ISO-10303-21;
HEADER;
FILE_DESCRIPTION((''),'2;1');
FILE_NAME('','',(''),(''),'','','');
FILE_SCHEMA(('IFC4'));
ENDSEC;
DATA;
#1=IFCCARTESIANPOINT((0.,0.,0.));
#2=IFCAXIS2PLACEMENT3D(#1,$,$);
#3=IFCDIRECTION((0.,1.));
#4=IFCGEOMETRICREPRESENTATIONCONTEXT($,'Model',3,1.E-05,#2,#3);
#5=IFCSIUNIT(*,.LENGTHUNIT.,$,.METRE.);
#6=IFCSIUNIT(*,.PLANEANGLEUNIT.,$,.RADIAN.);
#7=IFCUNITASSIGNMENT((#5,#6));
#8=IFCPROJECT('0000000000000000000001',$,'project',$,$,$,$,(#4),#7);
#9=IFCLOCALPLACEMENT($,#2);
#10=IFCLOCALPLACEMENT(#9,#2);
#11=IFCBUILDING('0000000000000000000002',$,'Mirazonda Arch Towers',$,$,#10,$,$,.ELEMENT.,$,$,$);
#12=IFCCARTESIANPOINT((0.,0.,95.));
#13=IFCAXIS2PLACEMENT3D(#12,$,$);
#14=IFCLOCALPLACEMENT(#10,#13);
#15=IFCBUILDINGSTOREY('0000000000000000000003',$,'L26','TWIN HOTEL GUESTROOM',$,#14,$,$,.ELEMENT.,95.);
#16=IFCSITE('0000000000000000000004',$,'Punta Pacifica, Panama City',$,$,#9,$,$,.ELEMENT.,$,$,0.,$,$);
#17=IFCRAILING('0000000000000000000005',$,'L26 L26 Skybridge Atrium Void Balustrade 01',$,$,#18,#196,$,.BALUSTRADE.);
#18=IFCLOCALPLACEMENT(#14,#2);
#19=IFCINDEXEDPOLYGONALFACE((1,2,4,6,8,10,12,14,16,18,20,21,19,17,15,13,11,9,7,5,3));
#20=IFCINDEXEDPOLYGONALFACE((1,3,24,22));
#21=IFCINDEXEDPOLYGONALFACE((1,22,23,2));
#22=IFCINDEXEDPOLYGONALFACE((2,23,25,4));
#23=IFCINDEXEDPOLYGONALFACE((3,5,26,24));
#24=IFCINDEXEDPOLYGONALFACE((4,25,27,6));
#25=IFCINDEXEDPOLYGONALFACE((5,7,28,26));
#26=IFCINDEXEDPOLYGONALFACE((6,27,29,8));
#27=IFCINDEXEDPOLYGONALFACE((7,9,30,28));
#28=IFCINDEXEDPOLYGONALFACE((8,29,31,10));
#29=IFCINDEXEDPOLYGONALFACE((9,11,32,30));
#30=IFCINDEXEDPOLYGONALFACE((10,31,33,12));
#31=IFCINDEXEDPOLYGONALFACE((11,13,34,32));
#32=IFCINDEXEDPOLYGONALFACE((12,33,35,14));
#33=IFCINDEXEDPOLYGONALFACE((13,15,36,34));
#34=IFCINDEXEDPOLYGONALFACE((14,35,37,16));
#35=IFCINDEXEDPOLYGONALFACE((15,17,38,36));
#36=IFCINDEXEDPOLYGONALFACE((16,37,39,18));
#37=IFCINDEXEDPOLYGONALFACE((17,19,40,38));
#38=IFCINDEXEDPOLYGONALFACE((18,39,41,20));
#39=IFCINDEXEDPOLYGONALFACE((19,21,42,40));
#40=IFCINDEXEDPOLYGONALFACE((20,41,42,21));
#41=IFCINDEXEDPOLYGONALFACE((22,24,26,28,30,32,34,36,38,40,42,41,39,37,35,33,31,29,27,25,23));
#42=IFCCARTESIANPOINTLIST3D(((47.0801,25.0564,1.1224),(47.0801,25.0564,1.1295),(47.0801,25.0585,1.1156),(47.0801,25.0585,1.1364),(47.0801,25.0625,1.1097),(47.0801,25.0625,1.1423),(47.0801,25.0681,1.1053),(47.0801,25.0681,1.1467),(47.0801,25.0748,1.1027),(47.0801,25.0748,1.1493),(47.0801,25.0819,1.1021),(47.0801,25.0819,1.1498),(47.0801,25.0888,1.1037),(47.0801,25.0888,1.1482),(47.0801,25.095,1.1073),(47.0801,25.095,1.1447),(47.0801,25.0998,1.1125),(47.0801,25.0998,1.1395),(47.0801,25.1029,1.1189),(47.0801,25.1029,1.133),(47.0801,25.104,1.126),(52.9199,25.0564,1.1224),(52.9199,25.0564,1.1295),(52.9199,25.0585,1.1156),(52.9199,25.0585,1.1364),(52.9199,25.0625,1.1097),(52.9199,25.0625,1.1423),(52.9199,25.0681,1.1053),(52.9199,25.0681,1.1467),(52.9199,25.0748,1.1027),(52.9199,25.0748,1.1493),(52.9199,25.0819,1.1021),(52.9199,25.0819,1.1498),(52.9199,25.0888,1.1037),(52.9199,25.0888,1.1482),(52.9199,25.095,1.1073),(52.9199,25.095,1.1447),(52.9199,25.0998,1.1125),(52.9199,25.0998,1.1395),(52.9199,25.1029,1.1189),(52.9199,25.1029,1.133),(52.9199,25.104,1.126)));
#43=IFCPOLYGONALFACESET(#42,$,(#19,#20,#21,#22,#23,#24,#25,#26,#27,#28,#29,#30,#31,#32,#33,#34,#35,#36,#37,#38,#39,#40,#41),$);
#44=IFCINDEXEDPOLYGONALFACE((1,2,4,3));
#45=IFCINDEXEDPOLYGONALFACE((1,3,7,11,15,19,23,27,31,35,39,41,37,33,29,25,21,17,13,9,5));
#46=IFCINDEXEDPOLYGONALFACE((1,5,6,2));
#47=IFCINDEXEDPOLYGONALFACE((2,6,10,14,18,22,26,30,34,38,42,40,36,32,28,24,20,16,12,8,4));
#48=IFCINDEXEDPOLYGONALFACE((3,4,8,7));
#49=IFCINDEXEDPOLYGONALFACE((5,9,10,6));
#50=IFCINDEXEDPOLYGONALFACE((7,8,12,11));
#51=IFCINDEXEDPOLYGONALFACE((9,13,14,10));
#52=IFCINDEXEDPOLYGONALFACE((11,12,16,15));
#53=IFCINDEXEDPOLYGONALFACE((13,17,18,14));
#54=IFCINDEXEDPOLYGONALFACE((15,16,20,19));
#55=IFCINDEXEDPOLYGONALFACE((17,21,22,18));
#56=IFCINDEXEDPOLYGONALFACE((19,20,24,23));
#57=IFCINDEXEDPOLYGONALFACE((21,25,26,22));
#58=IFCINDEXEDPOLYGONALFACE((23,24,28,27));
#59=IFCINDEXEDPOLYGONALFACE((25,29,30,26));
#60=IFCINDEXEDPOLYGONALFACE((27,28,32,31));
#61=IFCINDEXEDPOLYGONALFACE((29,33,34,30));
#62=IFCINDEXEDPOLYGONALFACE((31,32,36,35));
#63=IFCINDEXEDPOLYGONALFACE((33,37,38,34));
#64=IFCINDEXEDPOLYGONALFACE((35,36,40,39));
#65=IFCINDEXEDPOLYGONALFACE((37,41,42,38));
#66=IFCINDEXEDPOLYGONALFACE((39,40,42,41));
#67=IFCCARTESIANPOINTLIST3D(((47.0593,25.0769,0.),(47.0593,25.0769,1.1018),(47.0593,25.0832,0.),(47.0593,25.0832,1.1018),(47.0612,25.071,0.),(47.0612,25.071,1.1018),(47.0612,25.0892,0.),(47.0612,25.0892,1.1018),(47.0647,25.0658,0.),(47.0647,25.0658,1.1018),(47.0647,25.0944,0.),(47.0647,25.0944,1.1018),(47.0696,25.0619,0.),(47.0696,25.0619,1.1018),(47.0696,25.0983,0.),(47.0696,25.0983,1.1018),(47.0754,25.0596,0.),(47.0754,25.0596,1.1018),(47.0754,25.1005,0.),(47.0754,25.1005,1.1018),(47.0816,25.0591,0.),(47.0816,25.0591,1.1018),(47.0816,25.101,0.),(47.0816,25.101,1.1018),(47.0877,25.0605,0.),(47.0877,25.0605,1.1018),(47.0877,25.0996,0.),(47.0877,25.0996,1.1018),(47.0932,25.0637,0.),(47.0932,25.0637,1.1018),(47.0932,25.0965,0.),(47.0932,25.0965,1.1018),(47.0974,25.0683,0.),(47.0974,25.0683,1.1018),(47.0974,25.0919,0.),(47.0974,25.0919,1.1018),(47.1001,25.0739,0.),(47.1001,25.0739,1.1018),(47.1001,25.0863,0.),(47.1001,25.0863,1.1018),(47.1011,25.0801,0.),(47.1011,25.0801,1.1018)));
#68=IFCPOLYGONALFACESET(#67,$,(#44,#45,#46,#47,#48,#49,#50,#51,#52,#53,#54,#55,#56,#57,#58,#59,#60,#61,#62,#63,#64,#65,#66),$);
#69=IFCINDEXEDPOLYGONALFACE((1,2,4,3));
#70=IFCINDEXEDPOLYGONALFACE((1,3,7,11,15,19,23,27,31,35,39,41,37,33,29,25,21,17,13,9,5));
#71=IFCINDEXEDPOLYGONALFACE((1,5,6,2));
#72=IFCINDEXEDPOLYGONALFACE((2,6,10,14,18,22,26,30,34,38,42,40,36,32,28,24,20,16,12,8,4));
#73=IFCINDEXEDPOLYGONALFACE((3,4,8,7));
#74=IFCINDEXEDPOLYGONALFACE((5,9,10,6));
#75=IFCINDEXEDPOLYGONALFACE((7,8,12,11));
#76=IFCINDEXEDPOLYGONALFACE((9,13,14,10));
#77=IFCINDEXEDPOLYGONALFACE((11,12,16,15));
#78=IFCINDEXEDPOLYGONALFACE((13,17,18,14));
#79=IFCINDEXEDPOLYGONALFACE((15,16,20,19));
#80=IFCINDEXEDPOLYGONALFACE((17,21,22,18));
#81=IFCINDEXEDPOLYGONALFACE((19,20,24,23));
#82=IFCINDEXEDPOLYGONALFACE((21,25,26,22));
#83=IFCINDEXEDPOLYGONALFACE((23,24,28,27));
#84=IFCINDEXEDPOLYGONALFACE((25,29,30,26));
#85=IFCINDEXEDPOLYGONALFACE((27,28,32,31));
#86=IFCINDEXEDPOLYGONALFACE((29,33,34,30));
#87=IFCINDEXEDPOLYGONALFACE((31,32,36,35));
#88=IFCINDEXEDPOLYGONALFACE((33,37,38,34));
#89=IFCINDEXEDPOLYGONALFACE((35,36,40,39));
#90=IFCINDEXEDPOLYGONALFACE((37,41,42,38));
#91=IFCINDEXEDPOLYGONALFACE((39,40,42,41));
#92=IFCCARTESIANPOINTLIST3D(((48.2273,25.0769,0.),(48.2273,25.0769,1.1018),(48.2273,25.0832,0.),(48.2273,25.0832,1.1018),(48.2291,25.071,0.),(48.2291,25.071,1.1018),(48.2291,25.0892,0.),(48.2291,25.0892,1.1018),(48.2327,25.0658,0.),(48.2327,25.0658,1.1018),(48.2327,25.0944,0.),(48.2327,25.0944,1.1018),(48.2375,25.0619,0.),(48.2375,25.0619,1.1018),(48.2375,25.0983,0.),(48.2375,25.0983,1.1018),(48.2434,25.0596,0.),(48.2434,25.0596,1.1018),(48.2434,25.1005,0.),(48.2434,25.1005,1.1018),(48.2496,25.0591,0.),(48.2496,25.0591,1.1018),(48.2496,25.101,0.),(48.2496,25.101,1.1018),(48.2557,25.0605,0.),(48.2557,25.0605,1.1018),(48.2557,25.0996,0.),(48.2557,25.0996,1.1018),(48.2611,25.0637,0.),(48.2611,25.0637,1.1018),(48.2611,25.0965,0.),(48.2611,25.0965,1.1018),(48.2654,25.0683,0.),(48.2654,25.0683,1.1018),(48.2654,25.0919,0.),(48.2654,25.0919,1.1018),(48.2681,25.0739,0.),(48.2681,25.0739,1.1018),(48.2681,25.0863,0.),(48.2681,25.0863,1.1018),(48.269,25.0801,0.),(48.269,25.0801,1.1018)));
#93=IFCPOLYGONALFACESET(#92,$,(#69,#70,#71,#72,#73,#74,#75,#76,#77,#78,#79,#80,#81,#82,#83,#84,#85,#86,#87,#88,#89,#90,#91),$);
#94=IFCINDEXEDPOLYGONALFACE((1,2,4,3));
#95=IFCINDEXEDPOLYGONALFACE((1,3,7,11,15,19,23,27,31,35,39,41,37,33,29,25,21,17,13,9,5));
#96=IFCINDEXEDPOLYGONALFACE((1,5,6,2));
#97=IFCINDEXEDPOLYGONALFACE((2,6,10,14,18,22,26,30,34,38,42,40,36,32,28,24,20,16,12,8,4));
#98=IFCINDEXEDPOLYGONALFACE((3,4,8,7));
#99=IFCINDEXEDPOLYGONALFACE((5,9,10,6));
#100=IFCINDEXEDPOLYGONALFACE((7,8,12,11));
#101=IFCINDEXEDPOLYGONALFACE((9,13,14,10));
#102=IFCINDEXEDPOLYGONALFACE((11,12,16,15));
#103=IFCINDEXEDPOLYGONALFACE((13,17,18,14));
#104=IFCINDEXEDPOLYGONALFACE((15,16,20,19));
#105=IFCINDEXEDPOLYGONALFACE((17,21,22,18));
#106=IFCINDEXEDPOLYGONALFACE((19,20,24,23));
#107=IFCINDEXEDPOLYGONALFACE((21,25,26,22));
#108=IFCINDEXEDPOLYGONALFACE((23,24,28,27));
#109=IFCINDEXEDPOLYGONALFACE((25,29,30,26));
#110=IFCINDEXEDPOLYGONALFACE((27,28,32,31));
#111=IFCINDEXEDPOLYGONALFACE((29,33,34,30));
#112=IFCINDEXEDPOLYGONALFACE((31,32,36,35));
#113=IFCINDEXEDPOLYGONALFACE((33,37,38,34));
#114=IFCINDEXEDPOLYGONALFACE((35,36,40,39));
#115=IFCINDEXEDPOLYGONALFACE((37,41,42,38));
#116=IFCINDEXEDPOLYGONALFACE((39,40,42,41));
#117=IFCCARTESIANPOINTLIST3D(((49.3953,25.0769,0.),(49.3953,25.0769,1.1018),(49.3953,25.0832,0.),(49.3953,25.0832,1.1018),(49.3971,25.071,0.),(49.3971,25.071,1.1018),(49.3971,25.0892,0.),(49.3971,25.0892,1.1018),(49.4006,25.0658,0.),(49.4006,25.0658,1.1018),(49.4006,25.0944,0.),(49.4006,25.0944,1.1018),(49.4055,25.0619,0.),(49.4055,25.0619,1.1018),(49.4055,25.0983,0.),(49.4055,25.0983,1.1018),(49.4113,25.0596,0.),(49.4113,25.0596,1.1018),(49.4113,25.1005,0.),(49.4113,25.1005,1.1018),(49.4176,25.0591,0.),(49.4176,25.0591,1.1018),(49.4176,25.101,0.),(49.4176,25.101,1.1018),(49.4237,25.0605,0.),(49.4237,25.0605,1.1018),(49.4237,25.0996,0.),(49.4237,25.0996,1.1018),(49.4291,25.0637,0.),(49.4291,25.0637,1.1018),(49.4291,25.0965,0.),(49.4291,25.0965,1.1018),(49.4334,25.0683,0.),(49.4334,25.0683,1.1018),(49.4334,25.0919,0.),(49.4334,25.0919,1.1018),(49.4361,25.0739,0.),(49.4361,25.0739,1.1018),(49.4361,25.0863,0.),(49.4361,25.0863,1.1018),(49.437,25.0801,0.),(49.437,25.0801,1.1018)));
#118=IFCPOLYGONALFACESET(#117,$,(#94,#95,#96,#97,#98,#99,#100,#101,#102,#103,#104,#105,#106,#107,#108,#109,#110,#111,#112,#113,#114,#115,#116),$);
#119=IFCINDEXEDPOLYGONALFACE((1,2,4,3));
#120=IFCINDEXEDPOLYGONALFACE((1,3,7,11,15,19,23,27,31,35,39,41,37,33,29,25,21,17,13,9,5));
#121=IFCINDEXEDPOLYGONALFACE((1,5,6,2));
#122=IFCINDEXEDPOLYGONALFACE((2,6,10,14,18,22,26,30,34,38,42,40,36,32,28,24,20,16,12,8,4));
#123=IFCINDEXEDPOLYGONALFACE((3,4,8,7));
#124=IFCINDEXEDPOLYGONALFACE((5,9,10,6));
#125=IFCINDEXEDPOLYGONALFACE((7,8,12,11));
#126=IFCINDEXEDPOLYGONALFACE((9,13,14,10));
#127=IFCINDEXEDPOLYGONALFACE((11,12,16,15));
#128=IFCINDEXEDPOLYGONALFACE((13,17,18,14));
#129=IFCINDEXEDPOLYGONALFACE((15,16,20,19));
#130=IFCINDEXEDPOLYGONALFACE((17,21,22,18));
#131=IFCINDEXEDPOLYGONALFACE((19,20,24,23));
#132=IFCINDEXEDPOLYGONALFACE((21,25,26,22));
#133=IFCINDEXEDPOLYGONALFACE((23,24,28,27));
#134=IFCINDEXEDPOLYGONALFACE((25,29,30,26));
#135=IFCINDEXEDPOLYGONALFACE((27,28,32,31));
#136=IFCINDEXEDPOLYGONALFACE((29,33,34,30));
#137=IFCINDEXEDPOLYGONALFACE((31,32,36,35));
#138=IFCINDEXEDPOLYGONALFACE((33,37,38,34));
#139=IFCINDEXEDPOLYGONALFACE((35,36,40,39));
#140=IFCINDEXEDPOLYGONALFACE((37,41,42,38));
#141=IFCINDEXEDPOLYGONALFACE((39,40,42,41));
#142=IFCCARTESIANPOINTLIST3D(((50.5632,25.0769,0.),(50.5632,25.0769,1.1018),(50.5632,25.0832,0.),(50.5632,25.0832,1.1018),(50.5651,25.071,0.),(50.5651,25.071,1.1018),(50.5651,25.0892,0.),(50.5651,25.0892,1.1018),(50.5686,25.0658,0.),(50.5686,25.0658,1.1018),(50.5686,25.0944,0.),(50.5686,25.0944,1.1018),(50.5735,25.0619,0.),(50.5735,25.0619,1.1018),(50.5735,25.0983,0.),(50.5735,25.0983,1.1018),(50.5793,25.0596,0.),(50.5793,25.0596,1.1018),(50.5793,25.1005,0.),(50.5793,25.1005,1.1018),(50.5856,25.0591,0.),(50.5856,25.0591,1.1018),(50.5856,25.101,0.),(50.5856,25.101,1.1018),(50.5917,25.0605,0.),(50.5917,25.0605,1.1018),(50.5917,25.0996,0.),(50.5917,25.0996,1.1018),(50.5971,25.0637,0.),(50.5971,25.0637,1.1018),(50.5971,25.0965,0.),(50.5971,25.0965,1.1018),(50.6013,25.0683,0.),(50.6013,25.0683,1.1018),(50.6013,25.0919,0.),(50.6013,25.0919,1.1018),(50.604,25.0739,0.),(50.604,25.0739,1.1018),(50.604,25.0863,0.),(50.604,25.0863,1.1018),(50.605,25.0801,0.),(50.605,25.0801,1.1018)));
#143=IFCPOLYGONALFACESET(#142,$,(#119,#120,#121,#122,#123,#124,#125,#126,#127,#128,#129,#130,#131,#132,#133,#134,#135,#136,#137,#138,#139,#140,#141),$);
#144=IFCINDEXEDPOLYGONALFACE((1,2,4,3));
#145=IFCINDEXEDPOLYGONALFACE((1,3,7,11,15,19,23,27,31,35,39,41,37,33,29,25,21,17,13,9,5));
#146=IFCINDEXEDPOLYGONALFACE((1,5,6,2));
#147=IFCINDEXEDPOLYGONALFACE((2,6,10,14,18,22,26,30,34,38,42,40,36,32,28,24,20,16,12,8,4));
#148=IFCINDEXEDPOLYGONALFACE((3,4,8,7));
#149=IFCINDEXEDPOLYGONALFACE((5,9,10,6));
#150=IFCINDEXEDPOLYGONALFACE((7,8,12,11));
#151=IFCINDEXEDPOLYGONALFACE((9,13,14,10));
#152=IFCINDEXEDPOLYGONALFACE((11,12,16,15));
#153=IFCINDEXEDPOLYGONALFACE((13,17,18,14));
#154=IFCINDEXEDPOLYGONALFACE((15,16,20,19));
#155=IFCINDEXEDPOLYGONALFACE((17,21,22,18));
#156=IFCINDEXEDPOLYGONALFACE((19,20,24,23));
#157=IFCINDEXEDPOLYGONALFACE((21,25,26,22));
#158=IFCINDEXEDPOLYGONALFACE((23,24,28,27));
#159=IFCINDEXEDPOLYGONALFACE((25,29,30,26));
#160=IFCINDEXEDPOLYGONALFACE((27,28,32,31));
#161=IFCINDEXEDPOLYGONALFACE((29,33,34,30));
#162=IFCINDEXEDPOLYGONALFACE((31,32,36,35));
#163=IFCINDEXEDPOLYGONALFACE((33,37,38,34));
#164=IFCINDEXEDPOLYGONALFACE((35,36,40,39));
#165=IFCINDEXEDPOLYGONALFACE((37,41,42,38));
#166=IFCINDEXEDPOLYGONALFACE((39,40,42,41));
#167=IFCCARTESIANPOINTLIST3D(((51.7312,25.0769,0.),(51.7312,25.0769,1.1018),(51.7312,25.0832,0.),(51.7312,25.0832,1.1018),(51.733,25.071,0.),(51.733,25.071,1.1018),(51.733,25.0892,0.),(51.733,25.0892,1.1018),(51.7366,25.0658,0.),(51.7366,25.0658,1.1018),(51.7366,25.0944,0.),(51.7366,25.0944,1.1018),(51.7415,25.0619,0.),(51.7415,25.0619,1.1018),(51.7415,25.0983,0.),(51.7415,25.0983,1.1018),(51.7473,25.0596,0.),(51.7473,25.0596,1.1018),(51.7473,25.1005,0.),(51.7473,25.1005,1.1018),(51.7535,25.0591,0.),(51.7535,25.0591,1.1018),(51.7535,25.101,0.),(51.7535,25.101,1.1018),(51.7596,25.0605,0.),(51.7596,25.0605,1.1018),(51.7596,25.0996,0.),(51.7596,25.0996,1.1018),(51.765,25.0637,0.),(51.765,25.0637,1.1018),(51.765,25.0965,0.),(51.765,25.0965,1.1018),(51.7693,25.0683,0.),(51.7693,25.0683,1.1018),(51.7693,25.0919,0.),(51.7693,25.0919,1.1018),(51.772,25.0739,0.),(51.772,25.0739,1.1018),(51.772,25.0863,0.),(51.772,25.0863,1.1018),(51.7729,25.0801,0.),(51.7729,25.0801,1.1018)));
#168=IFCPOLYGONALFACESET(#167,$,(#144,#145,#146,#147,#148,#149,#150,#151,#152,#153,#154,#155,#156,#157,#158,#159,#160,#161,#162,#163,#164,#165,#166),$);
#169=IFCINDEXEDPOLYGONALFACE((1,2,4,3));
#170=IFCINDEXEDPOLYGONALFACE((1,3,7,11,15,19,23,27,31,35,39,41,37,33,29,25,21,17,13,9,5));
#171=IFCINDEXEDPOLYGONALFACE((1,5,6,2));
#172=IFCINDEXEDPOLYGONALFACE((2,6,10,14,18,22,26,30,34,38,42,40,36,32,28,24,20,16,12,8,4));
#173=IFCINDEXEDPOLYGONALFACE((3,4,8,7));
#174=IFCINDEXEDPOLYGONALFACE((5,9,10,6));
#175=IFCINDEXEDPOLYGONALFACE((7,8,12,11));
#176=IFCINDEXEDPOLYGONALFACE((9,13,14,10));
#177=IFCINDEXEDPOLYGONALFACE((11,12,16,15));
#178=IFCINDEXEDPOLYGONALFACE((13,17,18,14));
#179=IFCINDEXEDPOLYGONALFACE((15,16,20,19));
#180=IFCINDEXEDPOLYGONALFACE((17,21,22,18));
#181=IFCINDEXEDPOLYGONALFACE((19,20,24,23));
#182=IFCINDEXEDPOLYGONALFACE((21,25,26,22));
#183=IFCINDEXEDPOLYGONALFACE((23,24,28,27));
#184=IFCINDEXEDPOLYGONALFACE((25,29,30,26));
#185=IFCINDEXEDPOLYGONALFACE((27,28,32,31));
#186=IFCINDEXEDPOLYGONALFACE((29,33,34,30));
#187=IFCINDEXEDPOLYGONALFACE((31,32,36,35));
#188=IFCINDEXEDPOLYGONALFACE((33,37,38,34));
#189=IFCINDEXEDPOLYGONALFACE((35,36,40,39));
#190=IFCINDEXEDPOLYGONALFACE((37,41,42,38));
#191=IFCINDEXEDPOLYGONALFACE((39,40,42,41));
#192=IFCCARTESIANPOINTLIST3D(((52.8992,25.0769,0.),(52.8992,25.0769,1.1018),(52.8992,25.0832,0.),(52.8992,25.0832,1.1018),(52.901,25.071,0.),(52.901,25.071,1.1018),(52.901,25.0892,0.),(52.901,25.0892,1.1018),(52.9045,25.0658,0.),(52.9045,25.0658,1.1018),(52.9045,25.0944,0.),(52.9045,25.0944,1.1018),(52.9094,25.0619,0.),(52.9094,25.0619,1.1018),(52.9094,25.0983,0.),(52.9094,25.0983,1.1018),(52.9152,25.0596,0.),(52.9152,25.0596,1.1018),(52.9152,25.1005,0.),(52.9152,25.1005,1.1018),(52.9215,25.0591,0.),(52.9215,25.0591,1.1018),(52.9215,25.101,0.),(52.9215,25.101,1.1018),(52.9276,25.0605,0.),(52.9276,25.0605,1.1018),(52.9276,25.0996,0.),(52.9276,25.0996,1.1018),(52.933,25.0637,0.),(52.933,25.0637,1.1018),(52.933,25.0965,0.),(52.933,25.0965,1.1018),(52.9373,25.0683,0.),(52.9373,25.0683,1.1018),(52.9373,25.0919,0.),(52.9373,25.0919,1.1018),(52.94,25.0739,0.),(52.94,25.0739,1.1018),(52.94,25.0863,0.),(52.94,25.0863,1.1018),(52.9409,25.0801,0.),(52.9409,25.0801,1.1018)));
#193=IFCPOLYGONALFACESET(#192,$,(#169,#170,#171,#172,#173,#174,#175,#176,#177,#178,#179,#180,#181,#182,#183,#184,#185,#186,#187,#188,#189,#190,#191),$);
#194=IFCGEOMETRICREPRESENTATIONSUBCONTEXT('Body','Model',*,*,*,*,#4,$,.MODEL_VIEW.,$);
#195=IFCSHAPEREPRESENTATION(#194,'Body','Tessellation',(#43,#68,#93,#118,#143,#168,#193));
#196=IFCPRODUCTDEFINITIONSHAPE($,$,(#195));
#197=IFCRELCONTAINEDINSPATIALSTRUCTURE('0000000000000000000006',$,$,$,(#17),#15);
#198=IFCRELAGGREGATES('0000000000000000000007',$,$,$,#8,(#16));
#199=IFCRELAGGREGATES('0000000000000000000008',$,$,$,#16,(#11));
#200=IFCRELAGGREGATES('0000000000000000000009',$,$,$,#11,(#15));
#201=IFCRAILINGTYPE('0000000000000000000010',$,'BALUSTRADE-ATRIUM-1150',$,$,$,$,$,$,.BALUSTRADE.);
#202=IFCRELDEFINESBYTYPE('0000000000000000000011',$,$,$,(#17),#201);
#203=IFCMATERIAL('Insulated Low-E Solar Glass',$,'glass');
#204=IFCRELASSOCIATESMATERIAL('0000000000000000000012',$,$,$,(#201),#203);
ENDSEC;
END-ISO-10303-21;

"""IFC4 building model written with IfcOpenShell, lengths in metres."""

from ifc_helpers import new_model, si_unit, direction, frame, origin, origin_2d, place, context, subcontext, project, spatial, circle, extrude, material, type_object, element, save


model = new_model("IFC4")

# Units and contexts
model_context = context("Model", 3, precision=1e-05, world=origin(), true_north=direction((0.0, 1.0)))
body_context = subcontext(model_context, "Body", "Model", "MODEL_VIEW")
ifc_project = project(units=[si_unit("LENGTHUNIT", "METRE"), si_unit("PLANEANGLEUNIT", "RADIAN")], contexts=[model_context])

# Site, building, storey
site_placement = place(None, origin())
site = spatial("IfcSite", under=ifc_project, at=site_placement, Name="Punta Pacifica, Panama City", CompositionType="ELEMENT", RefElevation=0.0)
building_placement = place(site_placement, origin())
building = spatial("IfcBuilding", under=site, at=building_placement, Name="Mirazonda Arch Towers", CompositionType="ELEMENT")
storey_placement = place(building_placement, frame((0.0, 0.0, 95.0)))
storey = spatial("IfcBuildingStorey", under=building, at=storey_placement, Name="L26", Description="TWIN HOTEL GUESTROOM", CompositionType="ELEMENT", Elevation=95.0)

# Shared definitions
ifc_material_1 = material(Name="Insulated Low-E Solar Glass", Category="glass")

# Railing
railing_type = type_object("IfcRailingType", Name="BALUSTRADE-ATRIUM-1150", PredefinedType="BALUSTRADE", material=ifc_material_1)
railing_1_placement = place(storey_placement, frame((47.0801, 25.0801, 0.0)))
element("IfcRailing", 1, at=railing_1_placement, inside=storey, type_object=railing_type, Name="L26 L26 Skybridge Atrium Void Balustrade 01", PredefinedType="BALUSTRADE", context=body_context, shape_type="SweptSolid", body=[
    extrude(circle(Radius=0.0239, at=origin_2d()), frame((0.0, 0.0, 1.126), z_axis=(1.0, 0.0, 0.0), x_axis=(0.0, 1.0, 0.0)), (0.0, 0.0, 1.0), 5.8398),
    extrude(circle(Radius=0.021, at=origin_2d()), origin(), (0.0, 0.0, 1.0), 1.1018),
    extrude(circle(Radius=0.021, at=origin_2d()), frame((1.168, 0.0, 0.0)), (0.0, 0.0, 1.0), 1.1018),
    extrude(circle(Radius=0.021, at=origin_2d()), frame((2.3359, 0.0, 0.0)), (0.0, 0.0, 1.0), 1.1018),
    extrude(circle(Radius=0.021, at=origin_2d()), frame((3.5039, 0.0, 0.0)), (0.0, 0.0, 1.0), 1.1018),
    extrude(circle(Radius=0.021, at=origin_2d()), frame((4.6719, 0.0, 0.0)), (0.0, 0.0, 1.0), 1.1018),
    extrude(circle(Radius=0.021, at=origin_2d()), frame((5.8398, 0.0, 0.0)), (0.0, 0.0, 1.0), 1.1018),
])

save(model, "model.ifc")
